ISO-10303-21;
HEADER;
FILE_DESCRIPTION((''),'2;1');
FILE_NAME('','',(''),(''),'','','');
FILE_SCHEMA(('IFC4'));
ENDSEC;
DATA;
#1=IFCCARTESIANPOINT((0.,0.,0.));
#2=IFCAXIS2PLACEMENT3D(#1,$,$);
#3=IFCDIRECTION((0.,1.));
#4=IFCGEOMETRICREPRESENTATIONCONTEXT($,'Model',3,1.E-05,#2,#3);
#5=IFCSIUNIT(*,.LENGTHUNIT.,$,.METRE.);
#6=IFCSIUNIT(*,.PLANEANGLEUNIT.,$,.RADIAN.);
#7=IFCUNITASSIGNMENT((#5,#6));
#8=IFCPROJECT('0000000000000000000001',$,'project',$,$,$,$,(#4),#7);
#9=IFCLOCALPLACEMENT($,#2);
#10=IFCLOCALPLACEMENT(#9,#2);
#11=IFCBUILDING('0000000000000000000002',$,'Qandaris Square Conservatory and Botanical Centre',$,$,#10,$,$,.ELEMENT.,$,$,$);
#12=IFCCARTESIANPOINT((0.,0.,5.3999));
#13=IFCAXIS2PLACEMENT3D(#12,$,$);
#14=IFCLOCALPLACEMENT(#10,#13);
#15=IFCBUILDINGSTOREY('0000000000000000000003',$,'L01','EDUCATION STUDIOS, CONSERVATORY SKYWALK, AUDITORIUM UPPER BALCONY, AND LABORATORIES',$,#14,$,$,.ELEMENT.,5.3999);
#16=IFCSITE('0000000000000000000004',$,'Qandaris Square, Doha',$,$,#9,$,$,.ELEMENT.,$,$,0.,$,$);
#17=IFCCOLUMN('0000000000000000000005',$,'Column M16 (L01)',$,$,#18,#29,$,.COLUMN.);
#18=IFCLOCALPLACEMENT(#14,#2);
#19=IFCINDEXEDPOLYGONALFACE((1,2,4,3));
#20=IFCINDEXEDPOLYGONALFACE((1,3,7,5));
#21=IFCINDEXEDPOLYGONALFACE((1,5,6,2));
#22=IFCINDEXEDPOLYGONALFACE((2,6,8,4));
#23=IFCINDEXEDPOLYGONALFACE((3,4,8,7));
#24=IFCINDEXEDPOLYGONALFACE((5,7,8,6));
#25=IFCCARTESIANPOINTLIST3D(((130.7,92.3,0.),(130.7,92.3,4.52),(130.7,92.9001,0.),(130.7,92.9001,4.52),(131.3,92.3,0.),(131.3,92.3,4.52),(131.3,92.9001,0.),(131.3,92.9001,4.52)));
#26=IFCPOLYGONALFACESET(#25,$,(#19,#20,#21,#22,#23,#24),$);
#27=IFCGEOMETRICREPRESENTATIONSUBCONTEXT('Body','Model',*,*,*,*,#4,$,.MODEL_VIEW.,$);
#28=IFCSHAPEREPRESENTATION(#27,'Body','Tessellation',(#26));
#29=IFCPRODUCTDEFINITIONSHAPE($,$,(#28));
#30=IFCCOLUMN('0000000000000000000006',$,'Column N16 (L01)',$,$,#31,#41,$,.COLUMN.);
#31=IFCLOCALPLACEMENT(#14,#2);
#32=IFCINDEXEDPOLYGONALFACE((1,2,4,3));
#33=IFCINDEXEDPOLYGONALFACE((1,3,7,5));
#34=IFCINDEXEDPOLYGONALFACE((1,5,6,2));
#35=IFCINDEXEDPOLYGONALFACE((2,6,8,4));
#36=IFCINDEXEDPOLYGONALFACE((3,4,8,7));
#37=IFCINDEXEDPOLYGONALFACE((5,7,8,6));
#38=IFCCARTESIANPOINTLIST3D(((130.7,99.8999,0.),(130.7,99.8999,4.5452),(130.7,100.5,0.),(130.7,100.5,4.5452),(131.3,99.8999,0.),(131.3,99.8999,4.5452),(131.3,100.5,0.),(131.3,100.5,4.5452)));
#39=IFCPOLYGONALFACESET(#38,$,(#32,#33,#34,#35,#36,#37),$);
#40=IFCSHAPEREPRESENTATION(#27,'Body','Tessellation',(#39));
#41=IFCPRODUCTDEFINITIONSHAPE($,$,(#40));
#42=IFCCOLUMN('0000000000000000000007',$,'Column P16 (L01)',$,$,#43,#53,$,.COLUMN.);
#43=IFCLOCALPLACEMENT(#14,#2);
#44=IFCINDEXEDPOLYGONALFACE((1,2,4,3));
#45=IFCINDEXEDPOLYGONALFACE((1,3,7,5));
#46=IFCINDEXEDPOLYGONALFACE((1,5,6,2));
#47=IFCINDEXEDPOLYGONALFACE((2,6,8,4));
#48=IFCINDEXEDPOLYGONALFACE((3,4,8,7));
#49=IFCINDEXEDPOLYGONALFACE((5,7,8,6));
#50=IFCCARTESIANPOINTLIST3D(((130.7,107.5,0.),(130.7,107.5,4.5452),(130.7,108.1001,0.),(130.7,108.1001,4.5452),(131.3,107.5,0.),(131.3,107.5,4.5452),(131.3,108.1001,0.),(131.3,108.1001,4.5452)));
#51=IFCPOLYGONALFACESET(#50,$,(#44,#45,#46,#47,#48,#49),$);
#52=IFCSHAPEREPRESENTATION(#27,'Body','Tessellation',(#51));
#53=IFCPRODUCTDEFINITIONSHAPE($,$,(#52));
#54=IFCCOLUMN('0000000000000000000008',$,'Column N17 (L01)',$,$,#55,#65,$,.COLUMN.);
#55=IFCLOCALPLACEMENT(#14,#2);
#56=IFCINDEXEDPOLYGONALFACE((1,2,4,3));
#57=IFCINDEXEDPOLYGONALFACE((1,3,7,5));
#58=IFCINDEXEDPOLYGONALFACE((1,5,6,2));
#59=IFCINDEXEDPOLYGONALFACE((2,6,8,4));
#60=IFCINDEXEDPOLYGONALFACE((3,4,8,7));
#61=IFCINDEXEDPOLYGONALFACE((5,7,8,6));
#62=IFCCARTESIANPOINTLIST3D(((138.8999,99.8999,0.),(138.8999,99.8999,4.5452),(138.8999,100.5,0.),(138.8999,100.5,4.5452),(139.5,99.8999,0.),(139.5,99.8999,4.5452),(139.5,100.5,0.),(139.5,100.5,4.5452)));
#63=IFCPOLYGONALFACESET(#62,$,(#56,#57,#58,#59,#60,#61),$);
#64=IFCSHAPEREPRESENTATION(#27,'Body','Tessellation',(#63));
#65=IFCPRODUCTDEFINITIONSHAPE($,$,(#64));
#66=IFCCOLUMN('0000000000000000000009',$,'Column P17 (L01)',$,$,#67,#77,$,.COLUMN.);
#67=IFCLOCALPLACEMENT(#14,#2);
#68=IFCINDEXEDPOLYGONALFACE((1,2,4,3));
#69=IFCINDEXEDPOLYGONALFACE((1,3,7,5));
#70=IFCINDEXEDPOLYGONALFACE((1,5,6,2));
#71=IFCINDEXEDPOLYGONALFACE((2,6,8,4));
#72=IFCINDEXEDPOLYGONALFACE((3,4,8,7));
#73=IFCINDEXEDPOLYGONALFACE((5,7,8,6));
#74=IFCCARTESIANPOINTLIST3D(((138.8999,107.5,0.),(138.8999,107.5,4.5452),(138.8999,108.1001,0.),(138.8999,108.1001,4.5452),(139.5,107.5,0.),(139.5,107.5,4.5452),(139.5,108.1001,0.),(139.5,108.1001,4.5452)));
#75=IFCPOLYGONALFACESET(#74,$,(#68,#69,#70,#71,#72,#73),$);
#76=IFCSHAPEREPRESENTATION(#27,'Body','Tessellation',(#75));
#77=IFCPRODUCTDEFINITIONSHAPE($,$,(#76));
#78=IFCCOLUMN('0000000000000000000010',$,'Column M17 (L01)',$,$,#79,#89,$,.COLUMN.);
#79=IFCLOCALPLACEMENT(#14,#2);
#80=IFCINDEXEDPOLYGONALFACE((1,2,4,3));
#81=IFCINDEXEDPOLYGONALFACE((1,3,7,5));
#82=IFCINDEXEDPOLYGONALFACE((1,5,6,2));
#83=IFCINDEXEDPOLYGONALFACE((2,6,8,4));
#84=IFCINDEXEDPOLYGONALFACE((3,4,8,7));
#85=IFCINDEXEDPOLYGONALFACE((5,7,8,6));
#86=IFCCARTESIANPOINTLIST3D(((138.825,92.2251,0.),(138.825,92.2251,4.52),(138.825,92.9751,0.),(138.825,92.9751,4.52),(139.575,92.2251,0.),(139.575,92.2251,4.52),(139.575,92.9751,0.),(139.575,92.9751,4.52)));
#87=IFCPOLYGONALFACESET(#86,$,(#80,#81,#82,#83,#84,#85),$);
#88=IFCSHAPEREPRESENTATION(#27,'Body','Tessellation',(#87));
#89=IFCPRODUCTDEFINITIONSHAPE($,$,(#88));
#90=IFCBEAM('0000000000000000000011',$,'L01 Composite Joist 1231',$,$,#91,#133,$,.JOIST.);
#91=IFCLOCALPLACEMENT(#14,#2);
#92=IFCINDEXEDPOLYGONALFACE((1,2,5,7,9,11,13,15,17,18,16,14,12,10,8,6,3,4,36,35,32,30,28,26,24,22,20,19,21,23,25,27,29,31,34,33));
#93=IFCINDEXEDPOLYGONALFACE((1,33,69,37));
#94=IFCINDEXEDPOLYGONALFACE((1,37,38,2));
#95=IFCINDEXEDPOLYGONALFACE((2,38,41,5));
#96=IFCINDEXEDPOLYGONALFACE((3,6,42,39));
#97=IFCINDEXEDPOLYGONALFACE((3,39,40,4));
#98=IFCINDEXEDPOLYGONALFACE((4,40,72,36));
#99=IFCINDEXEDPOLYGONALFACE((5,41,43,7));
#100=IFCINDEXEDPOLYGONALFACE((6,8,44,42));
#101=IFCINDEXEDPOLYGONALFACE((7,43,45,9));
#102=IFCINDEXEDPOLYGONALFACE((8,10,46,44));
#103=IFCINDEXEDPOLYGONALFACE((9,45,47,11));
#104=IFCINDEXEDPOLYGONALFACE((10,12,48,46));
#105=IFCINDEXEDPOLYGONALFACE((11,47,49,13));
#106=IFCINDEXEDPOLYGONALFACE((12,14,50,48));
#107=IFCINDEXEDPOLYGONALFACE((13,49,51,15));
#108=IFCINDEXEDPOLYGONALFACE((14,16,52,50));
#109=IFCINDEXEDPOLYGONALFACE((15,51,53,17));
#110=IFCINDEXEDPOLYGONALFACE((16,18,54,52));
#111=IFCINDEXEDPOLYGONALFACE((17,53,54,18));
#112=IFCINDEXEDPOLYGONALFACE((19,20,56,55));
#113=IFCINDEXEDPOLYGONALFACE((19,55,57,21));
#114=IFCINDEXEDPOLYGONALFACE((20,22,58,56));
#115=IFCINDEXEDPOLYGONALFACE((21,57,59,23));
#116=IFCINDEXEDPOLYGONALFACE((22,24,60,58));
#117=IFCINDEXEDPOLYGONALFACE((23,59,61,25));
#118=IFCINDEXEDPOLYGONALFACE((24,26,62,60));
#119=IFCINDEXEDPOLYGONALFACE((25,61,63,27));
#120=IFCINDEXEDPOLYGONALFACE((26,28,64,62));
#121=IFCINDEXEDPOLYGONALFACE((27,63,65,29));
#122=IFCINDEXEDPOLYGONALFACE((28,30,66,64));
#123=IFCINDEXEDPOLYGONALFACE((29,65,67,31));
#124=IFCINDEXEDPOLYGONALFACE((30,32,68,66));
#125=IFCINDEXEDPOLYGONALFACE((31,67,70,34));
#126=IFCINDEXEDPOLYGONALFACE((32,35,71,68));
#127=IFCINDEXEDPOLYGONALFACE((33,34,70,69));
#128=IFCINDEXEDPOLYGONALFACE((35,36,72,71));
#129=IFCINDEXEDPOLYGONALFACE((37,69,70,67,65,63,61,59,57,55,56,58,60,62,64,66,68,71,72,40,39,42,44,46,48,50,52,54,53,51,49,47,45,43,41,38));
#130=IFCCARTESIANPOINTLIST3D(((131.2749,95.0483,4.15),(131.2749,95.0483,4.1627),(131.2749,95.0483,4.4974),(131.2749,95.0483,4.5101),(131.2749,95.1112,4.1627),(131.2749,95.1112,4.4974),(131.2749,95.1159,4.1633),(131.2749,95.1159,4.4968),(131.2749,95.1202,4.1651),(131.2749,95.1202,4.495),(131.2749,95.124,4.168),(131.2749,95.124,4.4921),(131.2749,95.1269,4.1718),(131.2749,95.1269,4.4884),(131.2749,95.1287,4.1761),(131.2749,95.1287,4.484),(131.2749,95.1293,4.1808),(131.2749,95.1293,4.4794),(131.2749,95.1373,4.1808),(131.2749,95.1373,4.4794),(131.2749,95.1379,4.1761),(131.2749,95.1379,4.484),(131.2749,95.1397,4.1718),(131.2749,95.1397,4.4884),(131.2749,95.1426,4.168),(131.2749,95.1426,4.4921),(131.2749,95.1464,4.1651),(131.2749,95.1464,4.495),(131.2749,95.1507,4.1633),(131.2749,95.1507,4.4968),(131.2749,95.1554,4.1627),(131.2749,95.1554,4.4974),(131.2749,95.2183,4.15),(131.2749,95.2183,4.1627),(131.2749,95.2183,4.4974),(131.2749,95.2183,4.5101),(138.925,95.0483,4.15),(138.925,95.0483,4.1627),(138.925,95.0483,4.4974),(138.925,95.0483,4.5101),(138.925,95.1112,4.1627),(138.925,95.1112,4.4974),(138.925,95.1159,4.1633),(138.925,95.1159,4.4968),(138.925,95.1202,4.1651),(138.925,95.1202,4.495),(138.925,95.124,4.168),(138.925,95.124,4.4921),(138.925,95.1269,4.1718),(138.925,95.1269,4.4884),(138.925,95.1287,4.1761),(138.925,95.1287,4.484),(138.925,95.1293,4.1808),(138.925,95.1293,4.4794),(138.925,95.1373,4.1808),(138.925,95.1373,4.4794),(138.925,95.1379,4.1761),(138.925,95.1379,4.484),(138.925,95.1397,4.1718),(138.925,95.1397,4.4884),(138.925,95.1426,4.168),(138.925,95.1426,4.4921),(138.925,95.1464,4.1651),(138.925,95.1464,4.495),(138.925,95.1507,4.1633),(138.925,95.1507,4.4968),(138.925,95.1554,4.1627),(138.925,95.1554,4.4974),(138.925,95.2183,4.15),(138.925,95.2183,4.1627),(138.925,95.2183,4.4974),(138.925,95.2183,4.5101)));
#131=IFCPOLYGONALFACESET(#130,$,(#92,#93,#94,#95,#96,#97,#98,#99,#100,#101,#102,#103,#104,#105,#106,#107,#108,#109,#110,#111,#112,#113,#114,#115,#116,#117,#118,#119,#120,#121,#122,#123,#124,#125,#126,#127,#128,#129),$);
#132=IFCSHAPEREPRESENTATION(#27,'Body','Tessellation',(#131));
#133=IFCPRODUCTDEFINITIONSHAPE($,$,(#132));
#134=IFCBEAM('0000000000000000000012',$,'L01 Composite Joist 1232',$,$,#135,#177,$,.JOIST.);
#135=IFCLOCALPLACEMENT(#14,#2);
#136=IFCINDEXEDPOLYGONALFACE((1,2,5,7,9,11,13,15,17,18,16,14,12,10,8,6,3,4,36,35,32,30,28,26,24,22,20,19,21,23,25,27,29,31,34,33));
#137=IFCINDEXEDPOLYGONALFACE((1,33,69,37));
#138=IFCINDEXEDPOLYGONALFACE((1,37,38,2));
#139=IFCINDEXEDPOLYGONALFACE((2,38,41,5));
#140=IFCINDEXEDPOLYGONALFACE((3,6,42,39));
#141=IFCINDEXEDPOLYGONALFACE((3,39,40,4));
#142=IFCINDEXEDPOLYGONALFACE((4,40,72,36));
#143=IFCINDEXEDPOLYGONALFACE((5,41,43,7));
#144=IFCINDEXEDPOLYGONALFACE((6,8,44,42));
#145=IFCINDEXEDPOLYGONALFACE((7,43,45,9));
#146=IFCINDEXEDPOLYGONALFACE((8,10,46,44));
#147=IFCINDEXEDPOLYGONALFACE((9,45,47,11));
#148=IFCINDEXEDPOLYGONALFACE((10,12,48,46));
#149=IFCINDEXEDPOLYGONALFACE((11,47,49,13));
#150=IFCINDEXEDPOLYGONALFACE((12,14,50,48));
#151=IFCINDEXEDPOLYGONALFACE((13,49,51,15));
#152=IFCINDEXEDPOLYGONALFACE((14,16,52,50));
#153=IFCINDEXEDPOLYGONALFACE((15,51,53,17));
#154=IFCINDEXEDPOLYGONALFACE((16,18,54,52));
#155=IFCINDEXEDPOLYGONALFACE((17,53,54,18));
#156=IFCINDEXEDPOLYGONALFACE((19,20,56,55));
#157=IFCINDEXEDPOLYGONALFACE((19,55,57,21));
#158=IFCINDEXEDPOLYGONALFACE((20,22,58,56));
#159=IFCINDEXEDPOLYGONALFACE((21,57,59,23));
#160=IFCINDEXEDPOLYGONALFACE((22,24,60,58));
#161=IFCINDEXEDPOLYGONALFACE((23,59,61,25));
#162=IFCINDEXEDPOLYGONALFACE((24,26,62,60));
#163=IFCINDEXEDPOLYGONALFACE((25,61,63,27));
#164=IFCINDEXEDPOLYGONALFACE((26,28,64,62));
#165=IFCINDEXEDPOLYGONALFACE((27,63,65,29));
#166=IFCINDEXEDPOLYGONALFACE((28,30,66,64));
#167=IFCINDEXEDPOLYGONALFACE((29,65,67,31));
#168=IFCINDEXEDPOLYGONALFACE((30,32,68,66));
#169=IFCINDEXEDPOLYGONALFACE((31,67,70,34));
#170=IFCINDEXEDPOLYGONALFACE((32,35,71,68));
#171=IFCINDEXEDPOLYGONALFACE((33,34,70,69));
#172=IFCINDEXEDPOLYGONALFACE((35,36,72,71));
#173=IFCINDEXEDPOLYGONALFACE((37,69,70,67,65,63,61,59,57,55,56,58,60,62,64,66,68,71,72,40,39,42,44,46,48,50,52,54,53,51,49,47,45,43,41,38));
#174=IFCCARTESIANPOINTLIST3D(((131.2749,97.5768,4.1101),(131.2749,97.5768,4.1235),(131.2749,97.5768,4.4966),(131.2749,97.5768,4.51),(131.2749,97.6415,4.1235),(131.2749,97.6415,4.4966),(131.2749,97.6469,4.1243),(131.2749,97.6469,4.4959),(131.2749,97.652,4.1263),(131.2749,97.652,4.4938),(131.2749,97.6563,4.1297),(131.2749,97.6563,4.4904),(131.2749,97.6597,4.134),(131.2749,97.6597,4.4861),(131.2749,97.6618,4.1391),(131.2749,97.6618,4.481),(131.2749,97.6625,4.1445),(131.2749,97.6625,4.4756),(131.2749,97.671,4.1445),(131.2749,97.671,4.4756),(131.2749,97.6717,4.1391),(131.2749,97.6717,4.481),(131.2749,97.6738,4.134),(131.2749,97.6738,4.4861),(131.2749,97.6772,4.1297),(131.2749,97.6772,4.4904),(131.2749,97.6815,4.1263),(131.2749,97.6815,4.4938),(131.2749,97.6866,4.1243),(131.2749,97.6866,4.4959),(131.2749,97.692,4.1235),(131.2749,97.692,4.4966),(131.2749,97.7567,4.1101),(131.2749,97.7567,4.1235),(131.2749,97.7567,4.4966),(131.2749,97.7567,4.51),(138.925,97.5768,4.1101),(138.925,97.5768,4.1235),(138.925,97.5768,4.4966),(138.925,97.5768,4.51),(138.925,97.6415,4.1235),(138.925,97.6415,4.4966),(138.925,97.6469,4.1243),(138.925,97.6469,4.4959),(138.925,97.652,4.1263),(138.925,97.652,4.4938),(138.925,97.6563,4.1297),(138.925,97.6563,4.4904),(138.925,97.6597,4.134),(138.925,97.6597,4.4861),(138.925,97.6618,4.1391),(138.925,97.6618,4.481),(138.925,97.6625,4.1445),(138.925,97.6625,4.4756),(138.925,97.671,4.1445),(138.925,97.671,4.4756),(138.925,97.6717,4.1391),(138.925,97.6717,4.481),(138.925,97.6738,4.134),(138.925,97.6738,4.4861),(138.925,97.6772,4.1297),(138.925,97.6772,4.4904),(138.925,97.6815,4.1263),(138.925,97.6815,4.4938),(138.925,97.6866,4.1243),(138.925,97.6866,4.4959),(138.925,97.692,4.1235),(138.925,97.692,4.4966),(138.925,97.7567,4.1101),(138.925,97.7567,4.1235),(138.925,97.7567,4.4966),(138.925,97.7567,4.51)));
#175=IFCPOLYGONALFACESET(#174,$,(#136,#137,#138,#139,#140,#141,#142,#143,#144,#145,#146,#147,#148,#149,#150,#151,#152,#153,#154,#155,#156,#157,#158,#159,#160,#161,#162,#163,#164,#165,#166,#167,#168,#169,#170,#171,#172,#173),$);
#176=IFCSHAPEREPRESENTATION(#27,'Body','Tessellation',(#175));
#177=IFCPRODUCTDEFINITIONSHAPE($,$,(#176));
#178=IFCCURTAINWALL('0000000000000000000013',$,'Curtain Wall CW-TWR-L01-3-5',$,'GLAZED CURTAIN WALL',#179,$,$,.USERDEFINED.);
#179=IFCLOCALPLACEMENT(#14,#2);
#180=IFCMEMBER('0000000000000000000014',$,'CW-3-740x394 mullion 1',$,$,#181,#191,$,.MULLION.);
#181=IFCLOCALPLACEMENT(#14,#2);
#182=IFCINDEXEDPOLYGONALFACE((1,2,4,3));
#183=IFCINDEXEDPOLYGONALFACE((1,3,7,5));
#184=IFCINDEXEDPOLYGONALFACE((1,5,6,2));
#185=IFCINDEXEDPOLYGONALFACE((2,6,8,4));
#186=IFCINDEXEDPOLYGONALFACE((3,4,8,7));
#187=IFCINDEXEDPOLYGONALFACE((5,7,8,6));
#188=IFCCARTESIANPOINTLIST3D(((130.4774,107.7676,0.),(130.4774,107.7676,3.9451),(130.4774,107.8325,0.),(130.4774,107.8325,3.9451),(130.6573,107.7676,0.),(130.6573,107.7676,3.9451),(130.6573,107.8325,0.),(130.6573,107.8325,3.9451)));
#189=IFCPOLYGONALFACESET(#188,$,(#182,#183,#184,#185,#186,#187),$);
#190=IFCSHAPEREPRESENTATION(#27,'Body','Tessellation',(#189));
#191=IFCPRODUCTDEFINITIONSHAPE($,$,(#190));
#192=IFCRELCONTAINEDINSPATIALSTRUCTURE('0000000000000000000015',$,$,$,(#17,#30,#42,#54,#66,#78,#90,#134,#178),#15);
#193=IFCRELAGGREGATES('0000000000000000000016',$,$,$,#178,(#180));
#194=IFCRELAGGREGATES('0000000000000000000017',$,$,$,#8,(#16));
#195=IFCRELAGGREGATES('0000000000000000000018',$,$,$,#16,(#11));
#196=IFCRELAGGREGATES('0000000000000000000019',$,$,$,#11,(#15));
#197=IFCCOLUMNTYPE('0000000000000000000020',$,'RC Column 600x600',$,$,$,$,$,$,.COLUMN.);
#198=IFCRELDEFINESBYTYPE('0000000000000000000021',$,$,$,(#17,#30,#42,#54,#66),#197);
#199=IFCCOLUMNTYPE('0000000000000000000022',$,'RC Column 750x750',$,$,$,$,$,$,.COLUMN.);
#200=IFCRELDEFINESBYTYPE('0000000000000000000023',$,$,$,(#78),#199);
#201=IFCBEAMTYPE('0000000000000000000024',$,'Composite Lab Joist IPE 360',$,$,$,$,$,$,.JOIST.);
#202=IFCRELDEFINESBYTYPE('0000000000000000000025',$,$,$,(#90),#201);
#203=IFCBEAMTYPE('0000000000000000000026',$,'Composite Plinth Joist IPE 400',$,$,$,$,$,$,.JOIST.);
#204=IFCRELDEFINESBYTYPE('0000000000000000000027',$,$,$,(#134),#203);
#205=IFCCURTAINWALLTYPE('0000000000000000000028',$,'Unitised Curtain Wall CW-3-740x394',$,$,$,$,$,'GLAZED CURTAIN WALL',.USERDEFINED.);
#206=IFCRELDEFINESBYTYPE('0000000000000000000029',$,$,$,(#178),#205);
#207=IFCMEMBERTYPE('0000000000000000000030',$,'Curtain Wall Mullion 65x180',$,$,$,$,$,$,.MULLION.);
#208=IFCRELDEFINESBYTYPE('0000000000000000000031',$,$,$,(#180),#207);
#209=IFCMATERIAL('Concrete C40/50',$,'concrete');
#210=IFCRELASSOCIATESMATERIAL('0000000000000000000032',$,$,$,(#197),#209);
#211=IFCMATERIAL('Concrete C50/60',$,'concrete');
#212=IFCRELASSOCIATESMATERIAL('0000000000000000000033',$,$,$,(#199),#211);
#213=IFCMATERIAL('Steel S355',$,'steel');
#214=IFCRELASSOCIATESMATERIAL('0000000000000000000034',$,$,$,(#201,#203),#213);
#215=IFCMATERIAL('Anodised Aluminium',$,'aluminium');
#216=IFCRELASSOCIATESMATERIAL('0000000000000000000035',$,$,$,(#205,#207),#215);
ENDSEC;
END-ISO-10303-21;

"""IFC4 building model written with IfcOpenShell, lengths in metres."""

from ifc_helpers import new_model, si_unit, direction, frame, origin, origin_2d, place, context, subcontext, project, spatial, rectangle, i_section, extrude, material, material_profile, profile_set, type_object, element, aggregate, save


model = new_model("IFC4")

# Units and contexts
model_context = context("Model", 3, precision=1e-05, world=origin(), true_north=direction((0.0, 1.0)))
body_context = subcontext(model_context, "Body", "Model", "MODEL_VIEW")
ifc_project = project(units=[si_unit("LENGTHUNIT", "METRE"), si_unit("PLANEANGLEUNIT", "RADIAN")], contexts=[model_context])

# Site, building, storey
site_placement = place(None, origin())
site = spatial("IfcSite", under=ifc_project, at=site_placement, Name="Qandaris Square, Doha", CompositionType="ELEMENT", RefElevation=0.0)
building_placement = place(site_placement, origin())
building = spatial("IfcBuilding", under=site, at=building_placement, Name="Qandaris Square Conservatory and Botanical Centre", CompositionType="ELEMENT")
storey_placement = place(building_placement, frame((0.0, 0.0, 5.3999)))
storey = spatial("IfcBuildingStorey", under=building, at=storey_placement, Name="L01", Description="EDUCATION STUDIOS, CONSERVATORY SKYWALK, AUDITORIUM UPPER BALCONY, AND LABORATORIES", CompositionType="ELEMENT", Elevation=5.3999)

# Columns
ifc_material_1 = material(Name="Concrete C40/50", Category="concrete")
ifc_material_profile_1 = material_profile(ifc_material_1, rectangle(XDim=0.6001, YDim=0.6001, at=origin_2d()), Name="RC-COL 600x600")
ifc_profile_set_1 = profile_set([ifc_material_profile_1], Name="Concrete C40/50")
column_type_1 = type_object("IfcColumnType", Name="RC Column 600x600", PredefinedType="COLUMN", material=ifc_profile_set_1)
column_1_placement = place(storey_placement, frame((131.0, 92.6001, 0.0), z_axis=(0.0, 0.0, 1.0), x_axis=(1.0, 0.0, 0.0)))
element("IfcColumn", 1, at=column_1_placement, inside=storey, type_object=column_type_1, Name="Column M16 (L01)", PredefinedType="COLUMN", context=body_context, shape_type="SweptSolid", body=[
    extrude(rectangle(XDim=0.6001, YDim=0.6001, at=origin_2d()), origin(), (0.0, 0.0, 1.0), 4.52),
])
for number, where, z_axis, x_axis, name in (
    (2, (131.0, 100.2, 0.0), (0.0, 0.0, 1.0), (1.0, 0.0, 0.0), "Column N16 (L01)"),
    (3, (131.0, 107.8, 0.0), (0.0, 0.0, 1.0), (1.0, 0.0, 0.0), "Column P16 (L01)"),
    (4, (139.2, 100.2, 0.0), (0.0, 0.0, 1.0), (1.0, 0.0, 0.0), "Column N17 (L01)"),
    (5, (139.2, 107.8, 0.0), (0.0, 0.0, 1.0), (1.0, 0.0, 0.0), "Column P17 (L01)"),
):
    element("IfcColumn", number, at=place(storey_placement, frame(where, z_axis=z_axis, x_axis=x_axis)), inside=storey, type_object=column_type_1, Name=name, PredefinedType="COLUMN", context=body_context, shape_type="SweptSolid", body=[
        extrude(rectangle(XDim=0.6001, YDim=0.6001, at=origin_2d()), origin(), (0.0, 0.0, 1.0), 4.5452),
    ])
ifc_material_2 = material(Name="Concrete C50/60", Category="concrete")
ifc_material_profile_2 = material_profile(ifc_material_2, rectangle(XDim=0.75, YDim=0.75, at=origin_2d()), Name="RC-COL 750x750")
ifc_profile_set_2 = profile_set([ifc_material_profile_2], Name="Concrete C50/60")
column_type_2 = type_object("IfcColumnType", Name="RC Column 750x750", PredefinedType="COLUMN", material=ifc_profile_set_2)
column_2_placement = place(storey_placement, frame((139.2, 92.6001, 0.0), z_axis=(0.0, 0.0, 1.0), x_axis=(1.0, 0.0, 0.0)))
element("IfcColumn", 6, at=column_2_placement, inside=storey, type_object=column_type_2, Name="Column M17 (L01)", PredefinedType="COLUMN", context=body_context, shape_type="SweptSolid", body=[
    extrude(rectangle(XDim=0.75, YDim=0.75, at=origin_2d()), origin(), (0.0, 0.0, 1.0), 4.52),
])

# Beams
ifc_material_3 = material(Name="Steel S355", Category="steel")
ifc_material_profile_3 = material_profile(ifc_material_3, i_section(OverallWidth=0.1699, OverallDepth=0.3601, WebThickness=0.0081, FlangeThickness=0.0127, FilletRadius=0.0181, at=origin_2d()), Name="IPE 360")
ifc_profile_set_3 = profile_set([ifc_material_profile_3], Name="Steel S355")
beam_type_1 = type_object("IfcBeamType", Name="Composite Lab Joist IPE 360", PredefinedType="JOIST", material=ifc_profile_set_3)
beam_1_placement = place(storey_placement, frame((131.2749, 95.1333, 4.3301), z_axis=(1.0, 0.0, 0.0), x_axis=(0.0, 1.0, 0.0)))
element("IfcBeam", 7, at=beam_1_placement, inside=storey, type_object=beam_type_1, Name="L01 Composite Joist 1231", PredefinedType="JOIST", context=body_context, shape_type="SweptSolid", body=[
    extrude(i_section(OverallWidth=0.1699, OverallDepth=0.3601, WebThickness=0.0081, FlangeThickness=0.0127, FilletRadius=0.0181, at=origin_2d()), origin(), (0.0, 0.0, 1.0), 7.6501),
])
ifc_material_profile_4 = material_profile(ifc_material_3, i_section(OverallWidth=0.1799, OverallDepth=0.3999, WebThickness=0.0085, FlangeThickness=0.0134, FilletRadius=0.021, at=origin_2d()), Name="IPE 400")
ifc_profile_set_4 = profile_set([ifc_material_profile_4], Name="Steel S355")
beam_type_2 = type_object("IfcBeamType", Name="Composite Plinth Joist IPE 400", PredefinedType="JOIST", material=ifc_profile_set_4)
beam_2_placement = place(storey_placement, frame((131.2749, 97.6667, 4.3101), z_axis=(1.0, 0.0, 0.0), x_axis=(0.0, 1.0, 0.0)))
element("IfcBeam", 8, at=beam_2_placement, inside=storey, type_object=beam_type_2, Name="L01 Composite Joist 1232", PredefinedType="JOIST", context=body_context, shape_type="SweptSolid", body=[
    extrude(i_section(OverallWidth=0.1799, OverallDepth=0.3999, WebThickness=0.0085, FlangeThickness=0.0134, FilletRadius=0.021, at=origin_2d()), origin(), (0.0, 0.0, 1.0), 7.6501),
])

# Curtain wall, member
ifc_material_4 = material(Name="Anodised Aluminium", Category="aluminium")
curtain_wall_type = type_object("IfcCurtainWallType", Name="Unitised Curtain Wall CW-3-740x394", ElementType="GLAZED CURTAIN WALL", PredefinedType="USERDEFINED", material=ifc_material_4)
curtain_wall_placement = place(storey_placement, origin())
curtain_wall = element("IfcCurtainWall", 9, at=curtain_wall_placement, inside=storey, type_object=curtain_wall_type, Name="Curtain Wall CW-TWR-L01-3-5", ObjectType="GLAZED CURTAIN WALL", PredefinedType="USERDEFINED")
ifc_material_profile_5 = material_profile(ifc_material_4, rectangle(XDim=0.0649, YDim=0.1799, at=origin_2d()), Name="ALU-MUL 65x180")
ifc_profile_set_5 = profile_set([ifc_material_profile_5], Name="Anodised Aluminium")
member_type_1 = type_object("IfcMemberType", Name="Curtain Wall Mullion 65x180", PredefinedType="MULLION", material=ifc_profile_set_5)
member_1_placement = place(storey_placement, frame((130.5674, 107.8, 0.0), z_axis=(0.0, 0.0, 1.0), x_axis=(0.0, -1.0, 0.0)))
member_1 = element("IfcMember", 10, at=member_1_placement, type_object=member_type_1, Name="CW-3-740x394 mullion 1", PredefinedType="MULLION", context=body_context, shape_type="SweptSolid", body=[
    extrude(rectangle(XDim=0.0649, YDim=0.1799, at=origin_2d()), origin(), (0.0, 0.0, 1.0), 3.9451),
])

aggregate(curtain_wall, [member_1])

save(model, "model.ifc")
